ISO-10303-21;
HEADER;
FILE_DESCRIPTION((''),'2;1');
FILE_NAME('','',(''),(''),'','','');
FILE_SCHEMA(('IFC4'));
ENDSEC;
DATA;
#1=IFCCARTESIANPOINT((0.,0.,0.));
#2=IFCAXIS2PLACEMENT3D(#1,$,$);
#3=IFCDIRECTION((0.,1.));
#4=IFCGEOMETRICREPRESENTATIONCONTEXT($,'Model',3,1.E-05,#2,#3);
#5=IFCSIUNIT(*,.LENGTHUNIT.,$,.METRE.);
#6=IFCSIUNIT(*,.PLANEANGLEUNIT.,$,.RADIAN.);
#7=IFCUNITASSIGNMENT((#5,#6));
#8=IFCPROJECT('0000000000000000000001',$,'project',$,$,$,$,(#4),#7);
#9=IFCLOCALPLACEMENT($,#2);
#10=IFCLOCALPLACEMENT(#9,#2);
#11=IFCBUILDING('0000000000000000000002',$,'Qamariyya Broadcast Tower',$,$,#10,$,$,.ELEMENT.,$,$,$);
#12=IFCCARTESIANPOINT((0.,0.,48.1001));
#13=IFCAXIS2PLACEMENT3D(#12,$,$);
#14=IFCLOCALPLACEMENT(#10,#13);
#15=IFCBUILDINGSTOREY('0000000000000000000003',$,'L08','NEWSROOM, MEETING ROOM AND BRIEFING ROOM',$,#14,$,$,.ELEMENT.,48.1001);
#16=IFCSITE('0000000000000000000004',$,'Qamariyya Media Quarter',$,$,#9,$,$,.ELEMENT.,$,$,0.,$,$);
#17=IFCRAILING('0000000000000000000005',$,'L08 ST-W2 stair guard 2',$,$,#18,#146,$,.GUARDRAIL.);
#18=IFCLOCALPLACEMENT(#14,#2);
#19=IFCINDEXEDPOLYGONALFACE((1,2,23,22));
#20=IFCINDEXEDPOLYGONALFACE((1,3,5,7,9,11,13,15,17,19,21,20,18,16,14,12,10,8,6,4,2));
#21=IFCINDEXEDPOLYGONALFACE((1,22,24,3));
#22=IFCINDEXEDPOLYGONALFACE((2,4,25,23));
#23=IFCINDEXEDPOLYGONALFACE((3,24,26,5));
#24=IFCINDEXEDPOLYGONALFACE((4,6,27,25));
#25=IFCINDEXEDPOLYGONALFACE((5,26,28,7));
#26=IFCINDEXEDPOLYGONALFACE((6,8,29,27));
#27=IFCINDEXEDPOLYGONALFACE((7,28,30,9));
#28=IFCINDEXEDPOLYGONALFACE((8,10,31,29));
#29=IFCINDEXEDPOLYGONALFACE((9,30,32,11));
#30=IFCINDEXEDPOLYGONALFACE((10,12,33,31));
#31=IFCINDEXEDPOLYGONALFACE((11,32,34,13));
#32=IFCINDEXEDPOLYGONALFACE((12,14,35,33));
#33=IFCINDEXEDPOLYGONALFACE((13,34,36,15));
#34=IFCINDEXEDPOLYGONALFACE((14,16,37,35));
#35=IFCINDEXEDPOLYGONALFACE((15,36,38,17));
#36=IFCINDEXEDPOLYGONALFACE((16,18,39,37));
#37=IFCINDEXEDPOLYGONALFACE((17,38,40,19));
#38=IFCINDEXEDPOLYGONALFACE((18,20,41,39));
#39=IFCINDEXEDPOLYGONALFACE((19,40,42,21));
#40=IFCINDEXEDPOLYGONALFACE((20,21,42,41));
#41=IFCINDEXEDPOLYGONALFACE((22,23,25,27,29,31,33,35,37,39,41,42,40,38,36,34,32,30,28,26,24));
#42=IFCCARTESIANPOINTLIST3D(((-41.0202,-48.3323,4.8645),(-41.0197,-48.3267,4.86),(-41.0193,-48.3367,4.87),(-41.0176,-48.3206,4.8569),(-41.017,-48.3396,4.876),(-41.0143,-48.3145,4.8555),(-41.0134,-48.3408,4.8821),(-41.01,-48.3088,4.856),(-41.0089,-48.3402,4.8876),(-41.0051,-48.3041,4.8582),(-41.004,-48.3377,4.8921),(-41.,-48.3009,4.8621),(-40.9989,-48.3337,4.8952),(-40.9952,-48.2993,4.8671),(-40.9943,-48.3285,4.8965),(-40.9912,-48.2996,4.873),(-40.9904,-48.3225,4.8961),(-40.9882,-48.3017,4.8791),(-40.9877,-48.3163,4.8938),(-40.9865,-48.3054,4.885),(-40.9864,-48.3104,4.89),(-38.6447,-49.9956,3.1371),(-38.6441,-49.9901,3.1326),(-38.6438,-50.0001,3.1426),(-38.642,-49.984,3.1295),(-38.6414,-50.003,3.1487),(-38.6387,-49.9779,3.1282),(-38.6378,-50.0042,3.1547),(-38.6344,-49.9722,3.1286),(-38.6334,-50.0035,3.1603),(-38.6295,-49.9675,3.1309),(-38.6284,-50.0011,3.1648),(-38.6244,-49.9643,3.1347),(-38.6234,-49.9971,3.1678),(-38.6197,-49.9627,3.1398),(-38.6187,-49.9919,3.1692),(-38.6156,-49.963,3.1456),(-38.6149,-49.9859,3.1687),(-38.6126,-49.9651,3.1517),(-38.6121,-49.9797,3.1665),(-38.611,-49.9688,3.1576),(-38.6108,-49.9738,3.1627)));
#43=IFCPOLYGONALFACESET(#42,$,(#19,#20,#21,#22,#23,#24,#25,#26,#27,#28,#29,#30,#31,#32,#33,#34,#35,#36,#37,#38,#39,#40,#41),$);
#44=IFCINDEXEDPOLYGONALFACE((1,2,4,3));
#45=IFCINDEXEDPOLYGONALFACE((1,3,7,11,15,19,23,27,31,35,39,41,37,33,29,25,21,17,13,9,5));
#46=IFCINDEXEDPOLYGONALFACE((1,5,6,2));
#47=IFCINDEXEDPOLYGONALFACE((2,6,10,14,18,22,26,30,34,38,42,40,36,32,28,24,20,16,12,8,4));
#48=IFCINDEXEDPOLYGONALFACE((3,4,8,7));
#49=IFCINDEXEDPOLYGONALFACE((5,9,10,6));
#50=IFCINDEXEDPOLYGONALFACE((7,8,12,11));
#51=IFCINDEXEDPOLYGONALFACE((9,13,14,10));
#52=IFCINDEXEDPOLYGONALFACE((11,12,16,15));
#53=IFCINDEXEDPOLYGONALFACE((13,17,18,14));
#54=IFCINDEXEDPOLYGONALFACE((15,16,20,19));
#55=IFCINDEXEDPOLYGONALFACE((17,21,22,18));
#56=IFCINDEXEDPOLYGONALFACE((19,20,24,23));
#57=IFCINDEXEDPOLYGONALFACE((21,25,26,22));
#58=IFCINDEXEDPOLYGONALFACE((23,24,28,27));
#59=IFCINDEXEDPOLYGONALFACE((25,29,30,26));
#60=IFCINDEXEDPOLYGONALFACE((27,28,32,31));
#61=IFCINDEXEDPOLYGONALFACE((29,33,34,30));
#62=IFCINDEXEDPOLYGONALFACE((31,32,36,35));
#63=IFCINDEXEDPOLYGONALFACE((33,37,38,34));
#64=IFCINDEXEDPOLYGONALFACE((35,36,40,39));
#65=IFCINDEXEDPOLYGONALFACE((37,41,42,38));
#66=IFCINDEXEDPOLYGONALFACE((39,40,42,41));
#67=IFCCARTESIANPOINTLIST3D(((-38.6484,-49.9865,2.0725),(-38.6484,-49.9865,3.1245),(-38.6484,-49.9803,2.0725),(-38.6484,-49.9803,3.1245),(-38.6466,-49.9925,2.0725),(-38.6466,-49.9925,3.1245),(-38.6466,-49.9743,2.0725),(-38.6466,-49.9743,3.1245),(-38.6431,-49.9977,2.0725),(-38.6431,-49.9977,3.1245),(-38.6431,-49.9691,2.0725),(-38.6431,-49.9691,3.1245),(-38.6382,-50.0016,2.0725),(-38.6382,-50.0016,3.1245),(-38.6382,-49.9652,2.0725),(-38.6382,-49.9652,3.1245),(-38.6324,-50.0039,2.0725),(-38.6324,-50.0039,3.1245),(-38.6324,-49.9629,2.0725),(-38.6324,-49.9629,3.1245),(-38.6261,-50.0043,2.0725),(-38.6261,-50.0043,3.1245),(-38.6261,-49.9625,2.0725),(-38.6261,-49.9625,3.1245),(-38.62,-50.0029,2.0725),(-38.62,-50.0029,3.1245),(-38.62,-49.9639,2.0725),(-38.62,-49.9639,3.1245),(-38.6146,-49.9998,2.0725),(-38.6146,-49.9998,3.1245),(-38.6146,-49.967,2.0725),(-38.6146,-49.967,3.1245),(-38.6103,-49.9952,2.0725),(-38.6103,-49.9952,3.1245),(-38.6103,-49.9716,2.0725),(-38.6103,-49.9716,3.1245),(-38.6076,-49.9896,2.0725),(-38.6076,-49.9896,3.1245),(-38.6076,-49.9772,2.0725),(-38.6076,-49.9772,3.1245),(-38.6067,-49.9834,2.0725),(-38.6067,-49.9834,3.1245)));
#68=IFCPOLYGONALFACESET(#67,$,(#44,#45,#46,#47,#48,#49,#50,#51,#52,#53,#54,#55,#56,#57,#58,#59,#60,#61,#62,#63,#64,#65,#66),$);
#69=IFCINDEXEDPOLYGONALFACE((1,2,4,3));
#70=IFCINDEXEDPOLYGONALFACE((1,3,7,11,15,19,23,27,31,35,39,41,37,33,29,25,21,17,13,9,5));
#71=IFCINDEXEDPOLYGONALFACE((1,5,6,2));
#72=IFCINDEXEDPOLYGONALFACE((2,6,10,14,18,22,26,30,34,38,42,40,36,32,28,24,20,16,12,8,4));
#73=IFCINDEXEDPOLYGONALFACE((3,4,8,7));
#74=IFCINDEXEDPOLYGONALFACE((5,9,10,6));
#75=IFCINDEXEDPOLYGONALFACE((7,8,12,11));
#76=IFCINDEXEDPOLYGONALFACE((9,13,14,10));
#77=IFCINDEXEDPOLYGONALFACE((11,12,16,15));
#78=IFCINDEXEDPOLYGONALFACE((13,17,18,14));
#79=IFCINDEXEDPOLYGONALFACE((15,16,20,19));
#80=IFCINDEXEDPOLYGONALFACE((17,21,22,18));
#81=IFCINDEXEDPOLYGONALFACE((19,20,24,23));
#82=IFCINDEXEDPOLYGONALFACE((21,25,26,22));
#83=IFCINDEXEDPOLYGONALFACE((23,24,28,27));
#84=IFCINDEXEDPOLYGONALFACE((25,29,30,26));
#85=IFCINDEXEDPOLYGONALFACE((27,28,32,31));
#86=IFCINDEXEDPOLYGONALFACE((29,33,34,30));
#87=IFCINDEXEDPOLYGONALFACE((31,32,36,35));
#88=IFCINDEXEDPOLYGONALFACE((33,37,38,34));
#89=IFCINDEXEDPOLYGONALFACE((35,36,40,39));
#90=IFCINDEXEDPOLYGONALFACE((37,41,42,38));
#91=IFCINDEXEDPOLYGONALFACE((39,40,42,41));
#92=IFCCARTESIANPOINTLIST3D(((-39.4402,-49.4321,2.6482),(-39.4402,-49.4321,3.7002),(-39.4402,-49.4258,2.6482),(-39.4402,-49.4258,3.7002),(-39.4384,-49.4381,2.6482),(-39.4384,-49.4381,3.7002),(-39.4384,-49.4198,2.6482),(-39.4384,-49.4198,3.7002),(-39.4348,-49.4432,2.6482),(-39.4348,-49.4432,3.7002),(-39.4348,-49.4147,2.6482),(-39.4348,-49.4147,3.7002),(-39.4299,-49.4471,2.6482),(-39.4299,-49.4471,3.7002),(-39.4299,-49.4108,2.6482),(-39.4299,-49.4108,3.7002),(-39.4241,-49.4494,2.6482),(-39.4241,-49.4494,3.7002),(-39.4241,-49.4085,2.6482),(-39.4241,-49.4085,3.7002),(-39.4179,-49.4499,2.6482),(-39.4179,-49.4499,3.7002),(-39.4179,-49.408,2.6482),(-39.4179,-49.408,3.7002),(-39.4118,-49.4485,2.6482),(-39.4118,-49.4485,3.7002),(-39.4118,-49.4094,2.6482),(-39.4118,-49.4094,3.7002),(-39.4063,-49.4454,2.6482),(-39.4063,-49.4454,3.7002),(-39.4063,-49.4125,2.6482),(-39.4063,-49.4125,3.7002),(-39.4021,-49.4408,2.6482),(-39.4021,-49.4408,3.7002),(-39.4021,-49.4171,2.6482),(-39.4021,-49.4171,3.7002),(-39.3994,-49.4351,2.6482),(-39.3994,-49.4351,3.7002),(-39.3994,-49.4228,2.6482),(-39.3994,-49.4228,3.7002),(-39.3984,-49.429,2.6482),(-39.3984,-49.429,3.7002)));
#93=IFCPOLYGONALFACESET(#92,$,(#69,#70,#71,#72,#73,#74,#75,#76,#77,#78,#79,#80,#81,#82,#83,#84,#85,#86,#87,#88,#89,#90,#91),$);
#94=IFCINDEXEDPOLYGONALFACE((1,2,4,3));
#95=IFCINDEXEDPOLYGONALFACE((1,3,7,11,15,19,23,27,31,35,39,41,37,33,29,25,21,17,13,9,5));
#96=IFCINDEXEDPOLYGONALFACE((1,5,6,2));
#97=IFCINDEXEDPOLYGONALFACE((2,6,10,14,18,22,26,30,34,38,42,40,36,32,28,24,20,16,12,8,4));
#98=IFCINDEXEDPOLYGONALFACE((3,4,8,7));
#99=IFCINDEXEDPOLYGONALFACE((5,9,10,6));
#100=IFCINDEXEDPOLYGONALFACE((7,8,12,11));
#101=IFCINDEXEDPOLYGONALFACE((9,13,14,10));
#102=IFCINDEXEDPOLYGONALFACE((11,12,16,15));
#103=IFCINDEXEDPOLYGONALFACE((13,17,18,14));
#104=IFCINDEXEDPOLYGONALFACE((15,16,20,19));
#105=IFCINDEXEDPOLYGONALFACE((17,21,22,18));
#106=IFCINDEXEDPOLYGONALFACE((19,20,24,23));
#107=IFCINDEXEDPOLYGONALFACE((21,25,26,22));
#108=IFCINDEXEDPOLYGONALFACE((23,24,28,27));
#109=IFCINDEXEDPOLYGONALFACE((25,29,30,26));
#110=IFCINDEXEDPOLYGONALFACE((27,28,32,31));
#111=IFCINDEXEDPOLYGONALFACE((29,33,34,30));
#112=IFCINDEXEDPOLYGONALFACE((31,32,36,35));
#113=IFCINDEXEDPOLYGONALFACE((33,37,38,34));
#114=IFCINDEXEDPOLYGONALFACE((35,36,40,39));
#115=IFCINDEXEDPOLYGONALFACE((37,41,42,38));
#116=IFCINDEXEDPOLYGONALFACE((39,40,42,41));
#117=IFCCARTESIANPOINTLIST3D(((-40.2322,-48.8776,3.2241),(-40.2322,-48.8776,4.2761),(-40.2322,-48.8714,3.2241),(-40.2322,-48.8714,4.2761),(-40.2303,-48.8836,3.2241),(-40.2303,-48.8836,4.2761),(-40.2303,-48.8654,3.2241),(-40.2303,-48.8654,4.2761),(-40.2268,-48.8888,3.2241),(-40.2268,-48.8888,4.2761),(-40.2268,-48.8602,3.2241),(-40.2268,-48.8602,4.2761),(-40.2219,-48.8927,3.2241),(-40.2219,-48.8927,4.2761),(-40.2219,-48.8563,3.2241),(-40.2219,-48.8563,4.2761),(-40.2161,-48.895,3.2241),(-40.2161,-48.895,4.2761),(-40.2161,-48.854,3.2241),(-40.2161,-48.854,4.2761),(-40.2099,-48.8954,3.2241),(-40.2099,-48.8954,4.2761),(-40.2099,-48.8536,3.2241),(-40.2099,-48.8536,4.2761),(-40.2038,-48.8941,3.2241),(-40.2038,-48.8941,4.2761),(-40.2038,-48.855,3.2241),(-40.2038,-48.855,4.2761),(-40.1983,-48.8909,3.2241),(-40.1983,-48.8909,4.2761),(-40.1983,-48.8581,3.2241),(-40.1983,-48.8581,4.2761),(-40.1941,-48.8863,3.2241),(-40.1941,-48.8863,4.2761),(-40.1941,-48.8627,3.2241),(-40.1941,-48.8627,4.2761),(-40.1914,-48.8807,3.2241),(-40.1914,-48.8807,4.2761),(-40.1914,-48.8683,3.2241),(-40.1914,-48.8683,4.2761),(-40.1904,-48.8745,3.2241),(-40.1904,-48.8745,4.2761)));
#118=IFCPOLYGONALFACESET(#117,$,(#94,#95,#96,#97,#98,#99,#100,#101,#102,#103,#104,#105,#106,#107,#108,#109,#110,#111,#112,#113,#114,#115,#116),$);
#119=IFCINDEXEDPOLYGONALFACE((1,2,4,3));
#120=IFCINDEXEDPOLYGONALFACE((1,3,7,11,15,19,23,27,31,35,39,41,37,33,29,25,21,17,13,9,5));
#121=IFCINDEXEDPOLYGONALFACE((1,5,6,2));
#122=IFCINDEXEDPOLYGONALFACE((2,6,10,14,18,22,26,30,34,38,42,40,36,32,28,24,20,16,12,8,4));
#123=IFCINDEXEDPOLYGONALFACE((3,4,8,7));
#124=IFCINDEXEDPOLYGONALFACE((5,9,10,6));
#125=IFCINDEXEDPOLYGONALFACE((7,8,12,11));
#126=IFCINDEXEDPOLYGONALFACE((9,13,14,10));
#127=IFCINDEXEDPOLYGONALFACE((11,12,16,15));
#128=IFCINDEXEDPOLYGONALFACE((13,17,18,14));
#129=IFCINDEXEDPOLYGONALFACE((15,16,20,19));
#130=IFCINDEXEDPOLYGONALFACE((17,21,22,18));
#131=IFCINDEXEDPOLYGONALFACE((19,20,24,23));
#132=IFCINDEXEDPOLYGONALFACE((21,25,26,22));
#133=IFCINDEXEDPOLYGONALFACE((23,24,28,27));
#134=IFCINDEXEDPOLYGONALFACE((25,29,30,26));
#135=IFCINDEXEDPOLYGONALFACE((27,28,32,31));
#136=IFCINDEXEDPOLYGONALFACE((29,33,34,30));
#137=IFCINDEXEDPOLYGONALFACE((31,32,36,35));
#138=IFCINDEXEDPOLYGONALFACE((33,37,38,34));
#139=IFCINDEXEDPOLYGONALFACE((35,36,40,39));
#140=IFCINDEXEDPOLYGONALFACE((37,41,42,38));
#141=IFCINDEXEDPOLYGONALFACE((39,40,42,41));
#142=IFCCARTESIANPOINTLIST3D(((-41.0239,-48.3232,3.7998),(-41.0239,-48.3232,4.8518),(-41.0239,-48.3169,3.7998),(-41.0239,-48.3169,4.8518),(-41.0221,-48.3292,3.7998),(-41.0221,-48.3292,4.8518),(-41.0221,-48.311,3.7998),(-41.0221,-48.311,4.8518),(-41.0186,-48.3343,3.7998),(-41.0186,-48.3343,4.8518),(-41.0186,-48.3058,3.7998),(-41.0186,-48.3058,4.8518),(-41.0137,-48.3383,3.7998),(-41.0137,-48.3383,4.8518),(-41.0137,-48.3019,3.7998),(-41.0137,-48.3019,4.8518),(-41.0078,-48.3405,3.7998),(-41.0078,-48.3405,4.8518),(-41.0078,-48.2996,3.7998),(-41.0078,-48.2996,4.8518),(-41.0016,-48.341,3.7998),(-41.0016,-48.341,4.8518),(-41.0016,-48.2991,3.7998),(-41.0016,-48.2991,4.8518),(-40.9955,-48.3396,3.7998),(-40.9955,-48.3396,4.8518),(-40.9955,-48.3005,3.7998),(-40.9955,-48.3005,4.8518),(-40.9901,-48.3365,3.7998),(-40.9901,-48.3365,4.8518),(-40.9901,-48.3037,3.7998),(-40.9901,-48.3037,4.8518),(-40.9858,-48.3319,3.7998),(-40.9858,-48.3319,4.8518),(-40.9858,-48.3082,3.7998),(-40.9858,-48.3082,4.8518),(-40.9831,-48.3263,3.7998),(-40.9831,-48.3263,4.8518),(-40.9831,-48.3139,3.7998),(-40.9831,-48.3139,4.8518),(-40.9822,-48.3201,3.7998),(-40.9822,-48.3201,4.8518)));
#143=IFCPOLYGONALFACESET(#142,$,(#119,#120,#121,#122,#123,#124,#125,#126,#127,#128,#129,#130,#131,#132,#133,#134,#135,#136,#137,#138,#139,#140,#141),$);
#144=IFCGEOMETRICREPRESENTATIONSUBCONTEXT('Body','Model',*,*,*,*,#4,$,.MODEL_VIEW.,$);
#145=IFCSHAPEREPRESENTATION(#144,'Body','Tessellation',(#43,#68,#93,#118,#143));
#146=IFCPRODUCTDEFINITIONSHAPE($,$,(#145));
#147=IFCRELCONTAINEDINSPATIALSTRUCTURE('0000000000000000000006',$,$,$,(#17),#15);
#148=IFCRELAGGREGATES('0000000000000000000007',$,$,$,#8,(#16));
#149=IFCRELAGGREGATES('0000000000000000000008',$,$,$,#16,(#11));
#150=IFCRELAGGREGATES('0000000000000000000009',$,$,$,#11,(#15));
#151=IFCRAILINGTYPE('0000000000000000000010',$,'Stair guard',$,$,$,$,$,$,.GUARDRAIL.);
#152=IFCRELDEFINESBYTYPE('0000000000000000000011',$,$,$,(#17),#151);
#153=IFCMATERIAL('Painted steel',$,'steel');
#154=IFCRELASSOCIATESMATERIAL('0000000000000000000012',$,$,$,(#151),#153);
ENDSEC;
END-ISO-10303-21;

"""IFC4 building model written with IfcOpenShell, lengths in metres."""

from ifc_helpers import new_model, si_unit, direction, frame, origin, origin_2d, place, context, subcontext, project, spatial, circle, extrude, material, type_object, element, save


model = new_model("IFC4")

# Units and contexts
model_context = context("Model", 3, precision=1e-05, world=origin(), true_north=direction((0.0, 1.0)))
body_context = subcontext(model_context, "Body", "Model", "MODEL_VIEW")
ifc_project = project(units=[si_unit("LENGTHUNIT", "METRE"), si_unit("PLANEANGLEUNIT", "RADIAN")], contexts=[model_context])

# Site, building, storey
site_placement = place(None, origin())
site = spatial("IfcSite", under=ifc_project, at=site_placement, Name="Qamariyya Media Quarter", CompositionType="ELEMENT", RefElevation=0.0)
building_placement = place(site_placement, origin())
building = spatial("IfcBuilding", under=site, at=building_placement, Name="Qamariyya Broadcast Tower", CompositionType="ELEMENT")
storey_placement = place(building_placement, frame((0.0, 0.0, 48.1001)))
storey = spatial("IfcBuildingStorey", under=building, at=storey_placement, Name="L08", Description="NEWSROOM, MEETING ROOM AND BRIEFING ROOM", CompositionType="ELEMENT", Elevation=48.1001)

# Railing
ifc_material_1 = material(Name="Painted steel", Category="steel")
railing_type_1 = type_object("IfcRailingType", Name="Stair guard", PredefinedType="GUARDRAIL", material=ifc_material_1)
railing_1_placement = place(storey_placement, frame((-38.6277, -49.9834, 2.0725)))
element("IfcRailing", 1, at=railing_1_placement, inside=storey, type_object=railing_type_1, Name="L08 ST-W2 stair guard 2", PredefinedType="GUARDRAIL", context=body_context, shape_type="SweptSolid", body=[
    extrude(circle(Radius=0.0239, at=origin_2d()), frame((0.0, 0.0, 1.0762), z_axis=(-0.70377, 0.492784, 0.511734), x_axis=(-0.573575, -0.819153, 0.0)), (0.0, 0.0, 1.0), 3.3755),
    extrude(circle(Radius=0.021, at=origin_2d()), origin(), (0.0, 0.0, 1.0), 1.052),
    extrude(circle(Radius=0.021, at=origin_2d()), frame((-0.7917, 0.5544, 0.5757)), (0.0, 0.0, 1.0), 1.052),
    extrude(circle(Radius=0.021, at=origin_2d()), frame((-1.5837, 1.1089, 1.1516)), (0.0, 0.0, 1.0), 1.052),
    extrude(circle(Radius=0.021, at=origin_2d()), frame((-2.3755, 1.6633, 1.7273)), (0.0, 0.0, 1.0), 1.052),
])

save(model, "model.ifc")
